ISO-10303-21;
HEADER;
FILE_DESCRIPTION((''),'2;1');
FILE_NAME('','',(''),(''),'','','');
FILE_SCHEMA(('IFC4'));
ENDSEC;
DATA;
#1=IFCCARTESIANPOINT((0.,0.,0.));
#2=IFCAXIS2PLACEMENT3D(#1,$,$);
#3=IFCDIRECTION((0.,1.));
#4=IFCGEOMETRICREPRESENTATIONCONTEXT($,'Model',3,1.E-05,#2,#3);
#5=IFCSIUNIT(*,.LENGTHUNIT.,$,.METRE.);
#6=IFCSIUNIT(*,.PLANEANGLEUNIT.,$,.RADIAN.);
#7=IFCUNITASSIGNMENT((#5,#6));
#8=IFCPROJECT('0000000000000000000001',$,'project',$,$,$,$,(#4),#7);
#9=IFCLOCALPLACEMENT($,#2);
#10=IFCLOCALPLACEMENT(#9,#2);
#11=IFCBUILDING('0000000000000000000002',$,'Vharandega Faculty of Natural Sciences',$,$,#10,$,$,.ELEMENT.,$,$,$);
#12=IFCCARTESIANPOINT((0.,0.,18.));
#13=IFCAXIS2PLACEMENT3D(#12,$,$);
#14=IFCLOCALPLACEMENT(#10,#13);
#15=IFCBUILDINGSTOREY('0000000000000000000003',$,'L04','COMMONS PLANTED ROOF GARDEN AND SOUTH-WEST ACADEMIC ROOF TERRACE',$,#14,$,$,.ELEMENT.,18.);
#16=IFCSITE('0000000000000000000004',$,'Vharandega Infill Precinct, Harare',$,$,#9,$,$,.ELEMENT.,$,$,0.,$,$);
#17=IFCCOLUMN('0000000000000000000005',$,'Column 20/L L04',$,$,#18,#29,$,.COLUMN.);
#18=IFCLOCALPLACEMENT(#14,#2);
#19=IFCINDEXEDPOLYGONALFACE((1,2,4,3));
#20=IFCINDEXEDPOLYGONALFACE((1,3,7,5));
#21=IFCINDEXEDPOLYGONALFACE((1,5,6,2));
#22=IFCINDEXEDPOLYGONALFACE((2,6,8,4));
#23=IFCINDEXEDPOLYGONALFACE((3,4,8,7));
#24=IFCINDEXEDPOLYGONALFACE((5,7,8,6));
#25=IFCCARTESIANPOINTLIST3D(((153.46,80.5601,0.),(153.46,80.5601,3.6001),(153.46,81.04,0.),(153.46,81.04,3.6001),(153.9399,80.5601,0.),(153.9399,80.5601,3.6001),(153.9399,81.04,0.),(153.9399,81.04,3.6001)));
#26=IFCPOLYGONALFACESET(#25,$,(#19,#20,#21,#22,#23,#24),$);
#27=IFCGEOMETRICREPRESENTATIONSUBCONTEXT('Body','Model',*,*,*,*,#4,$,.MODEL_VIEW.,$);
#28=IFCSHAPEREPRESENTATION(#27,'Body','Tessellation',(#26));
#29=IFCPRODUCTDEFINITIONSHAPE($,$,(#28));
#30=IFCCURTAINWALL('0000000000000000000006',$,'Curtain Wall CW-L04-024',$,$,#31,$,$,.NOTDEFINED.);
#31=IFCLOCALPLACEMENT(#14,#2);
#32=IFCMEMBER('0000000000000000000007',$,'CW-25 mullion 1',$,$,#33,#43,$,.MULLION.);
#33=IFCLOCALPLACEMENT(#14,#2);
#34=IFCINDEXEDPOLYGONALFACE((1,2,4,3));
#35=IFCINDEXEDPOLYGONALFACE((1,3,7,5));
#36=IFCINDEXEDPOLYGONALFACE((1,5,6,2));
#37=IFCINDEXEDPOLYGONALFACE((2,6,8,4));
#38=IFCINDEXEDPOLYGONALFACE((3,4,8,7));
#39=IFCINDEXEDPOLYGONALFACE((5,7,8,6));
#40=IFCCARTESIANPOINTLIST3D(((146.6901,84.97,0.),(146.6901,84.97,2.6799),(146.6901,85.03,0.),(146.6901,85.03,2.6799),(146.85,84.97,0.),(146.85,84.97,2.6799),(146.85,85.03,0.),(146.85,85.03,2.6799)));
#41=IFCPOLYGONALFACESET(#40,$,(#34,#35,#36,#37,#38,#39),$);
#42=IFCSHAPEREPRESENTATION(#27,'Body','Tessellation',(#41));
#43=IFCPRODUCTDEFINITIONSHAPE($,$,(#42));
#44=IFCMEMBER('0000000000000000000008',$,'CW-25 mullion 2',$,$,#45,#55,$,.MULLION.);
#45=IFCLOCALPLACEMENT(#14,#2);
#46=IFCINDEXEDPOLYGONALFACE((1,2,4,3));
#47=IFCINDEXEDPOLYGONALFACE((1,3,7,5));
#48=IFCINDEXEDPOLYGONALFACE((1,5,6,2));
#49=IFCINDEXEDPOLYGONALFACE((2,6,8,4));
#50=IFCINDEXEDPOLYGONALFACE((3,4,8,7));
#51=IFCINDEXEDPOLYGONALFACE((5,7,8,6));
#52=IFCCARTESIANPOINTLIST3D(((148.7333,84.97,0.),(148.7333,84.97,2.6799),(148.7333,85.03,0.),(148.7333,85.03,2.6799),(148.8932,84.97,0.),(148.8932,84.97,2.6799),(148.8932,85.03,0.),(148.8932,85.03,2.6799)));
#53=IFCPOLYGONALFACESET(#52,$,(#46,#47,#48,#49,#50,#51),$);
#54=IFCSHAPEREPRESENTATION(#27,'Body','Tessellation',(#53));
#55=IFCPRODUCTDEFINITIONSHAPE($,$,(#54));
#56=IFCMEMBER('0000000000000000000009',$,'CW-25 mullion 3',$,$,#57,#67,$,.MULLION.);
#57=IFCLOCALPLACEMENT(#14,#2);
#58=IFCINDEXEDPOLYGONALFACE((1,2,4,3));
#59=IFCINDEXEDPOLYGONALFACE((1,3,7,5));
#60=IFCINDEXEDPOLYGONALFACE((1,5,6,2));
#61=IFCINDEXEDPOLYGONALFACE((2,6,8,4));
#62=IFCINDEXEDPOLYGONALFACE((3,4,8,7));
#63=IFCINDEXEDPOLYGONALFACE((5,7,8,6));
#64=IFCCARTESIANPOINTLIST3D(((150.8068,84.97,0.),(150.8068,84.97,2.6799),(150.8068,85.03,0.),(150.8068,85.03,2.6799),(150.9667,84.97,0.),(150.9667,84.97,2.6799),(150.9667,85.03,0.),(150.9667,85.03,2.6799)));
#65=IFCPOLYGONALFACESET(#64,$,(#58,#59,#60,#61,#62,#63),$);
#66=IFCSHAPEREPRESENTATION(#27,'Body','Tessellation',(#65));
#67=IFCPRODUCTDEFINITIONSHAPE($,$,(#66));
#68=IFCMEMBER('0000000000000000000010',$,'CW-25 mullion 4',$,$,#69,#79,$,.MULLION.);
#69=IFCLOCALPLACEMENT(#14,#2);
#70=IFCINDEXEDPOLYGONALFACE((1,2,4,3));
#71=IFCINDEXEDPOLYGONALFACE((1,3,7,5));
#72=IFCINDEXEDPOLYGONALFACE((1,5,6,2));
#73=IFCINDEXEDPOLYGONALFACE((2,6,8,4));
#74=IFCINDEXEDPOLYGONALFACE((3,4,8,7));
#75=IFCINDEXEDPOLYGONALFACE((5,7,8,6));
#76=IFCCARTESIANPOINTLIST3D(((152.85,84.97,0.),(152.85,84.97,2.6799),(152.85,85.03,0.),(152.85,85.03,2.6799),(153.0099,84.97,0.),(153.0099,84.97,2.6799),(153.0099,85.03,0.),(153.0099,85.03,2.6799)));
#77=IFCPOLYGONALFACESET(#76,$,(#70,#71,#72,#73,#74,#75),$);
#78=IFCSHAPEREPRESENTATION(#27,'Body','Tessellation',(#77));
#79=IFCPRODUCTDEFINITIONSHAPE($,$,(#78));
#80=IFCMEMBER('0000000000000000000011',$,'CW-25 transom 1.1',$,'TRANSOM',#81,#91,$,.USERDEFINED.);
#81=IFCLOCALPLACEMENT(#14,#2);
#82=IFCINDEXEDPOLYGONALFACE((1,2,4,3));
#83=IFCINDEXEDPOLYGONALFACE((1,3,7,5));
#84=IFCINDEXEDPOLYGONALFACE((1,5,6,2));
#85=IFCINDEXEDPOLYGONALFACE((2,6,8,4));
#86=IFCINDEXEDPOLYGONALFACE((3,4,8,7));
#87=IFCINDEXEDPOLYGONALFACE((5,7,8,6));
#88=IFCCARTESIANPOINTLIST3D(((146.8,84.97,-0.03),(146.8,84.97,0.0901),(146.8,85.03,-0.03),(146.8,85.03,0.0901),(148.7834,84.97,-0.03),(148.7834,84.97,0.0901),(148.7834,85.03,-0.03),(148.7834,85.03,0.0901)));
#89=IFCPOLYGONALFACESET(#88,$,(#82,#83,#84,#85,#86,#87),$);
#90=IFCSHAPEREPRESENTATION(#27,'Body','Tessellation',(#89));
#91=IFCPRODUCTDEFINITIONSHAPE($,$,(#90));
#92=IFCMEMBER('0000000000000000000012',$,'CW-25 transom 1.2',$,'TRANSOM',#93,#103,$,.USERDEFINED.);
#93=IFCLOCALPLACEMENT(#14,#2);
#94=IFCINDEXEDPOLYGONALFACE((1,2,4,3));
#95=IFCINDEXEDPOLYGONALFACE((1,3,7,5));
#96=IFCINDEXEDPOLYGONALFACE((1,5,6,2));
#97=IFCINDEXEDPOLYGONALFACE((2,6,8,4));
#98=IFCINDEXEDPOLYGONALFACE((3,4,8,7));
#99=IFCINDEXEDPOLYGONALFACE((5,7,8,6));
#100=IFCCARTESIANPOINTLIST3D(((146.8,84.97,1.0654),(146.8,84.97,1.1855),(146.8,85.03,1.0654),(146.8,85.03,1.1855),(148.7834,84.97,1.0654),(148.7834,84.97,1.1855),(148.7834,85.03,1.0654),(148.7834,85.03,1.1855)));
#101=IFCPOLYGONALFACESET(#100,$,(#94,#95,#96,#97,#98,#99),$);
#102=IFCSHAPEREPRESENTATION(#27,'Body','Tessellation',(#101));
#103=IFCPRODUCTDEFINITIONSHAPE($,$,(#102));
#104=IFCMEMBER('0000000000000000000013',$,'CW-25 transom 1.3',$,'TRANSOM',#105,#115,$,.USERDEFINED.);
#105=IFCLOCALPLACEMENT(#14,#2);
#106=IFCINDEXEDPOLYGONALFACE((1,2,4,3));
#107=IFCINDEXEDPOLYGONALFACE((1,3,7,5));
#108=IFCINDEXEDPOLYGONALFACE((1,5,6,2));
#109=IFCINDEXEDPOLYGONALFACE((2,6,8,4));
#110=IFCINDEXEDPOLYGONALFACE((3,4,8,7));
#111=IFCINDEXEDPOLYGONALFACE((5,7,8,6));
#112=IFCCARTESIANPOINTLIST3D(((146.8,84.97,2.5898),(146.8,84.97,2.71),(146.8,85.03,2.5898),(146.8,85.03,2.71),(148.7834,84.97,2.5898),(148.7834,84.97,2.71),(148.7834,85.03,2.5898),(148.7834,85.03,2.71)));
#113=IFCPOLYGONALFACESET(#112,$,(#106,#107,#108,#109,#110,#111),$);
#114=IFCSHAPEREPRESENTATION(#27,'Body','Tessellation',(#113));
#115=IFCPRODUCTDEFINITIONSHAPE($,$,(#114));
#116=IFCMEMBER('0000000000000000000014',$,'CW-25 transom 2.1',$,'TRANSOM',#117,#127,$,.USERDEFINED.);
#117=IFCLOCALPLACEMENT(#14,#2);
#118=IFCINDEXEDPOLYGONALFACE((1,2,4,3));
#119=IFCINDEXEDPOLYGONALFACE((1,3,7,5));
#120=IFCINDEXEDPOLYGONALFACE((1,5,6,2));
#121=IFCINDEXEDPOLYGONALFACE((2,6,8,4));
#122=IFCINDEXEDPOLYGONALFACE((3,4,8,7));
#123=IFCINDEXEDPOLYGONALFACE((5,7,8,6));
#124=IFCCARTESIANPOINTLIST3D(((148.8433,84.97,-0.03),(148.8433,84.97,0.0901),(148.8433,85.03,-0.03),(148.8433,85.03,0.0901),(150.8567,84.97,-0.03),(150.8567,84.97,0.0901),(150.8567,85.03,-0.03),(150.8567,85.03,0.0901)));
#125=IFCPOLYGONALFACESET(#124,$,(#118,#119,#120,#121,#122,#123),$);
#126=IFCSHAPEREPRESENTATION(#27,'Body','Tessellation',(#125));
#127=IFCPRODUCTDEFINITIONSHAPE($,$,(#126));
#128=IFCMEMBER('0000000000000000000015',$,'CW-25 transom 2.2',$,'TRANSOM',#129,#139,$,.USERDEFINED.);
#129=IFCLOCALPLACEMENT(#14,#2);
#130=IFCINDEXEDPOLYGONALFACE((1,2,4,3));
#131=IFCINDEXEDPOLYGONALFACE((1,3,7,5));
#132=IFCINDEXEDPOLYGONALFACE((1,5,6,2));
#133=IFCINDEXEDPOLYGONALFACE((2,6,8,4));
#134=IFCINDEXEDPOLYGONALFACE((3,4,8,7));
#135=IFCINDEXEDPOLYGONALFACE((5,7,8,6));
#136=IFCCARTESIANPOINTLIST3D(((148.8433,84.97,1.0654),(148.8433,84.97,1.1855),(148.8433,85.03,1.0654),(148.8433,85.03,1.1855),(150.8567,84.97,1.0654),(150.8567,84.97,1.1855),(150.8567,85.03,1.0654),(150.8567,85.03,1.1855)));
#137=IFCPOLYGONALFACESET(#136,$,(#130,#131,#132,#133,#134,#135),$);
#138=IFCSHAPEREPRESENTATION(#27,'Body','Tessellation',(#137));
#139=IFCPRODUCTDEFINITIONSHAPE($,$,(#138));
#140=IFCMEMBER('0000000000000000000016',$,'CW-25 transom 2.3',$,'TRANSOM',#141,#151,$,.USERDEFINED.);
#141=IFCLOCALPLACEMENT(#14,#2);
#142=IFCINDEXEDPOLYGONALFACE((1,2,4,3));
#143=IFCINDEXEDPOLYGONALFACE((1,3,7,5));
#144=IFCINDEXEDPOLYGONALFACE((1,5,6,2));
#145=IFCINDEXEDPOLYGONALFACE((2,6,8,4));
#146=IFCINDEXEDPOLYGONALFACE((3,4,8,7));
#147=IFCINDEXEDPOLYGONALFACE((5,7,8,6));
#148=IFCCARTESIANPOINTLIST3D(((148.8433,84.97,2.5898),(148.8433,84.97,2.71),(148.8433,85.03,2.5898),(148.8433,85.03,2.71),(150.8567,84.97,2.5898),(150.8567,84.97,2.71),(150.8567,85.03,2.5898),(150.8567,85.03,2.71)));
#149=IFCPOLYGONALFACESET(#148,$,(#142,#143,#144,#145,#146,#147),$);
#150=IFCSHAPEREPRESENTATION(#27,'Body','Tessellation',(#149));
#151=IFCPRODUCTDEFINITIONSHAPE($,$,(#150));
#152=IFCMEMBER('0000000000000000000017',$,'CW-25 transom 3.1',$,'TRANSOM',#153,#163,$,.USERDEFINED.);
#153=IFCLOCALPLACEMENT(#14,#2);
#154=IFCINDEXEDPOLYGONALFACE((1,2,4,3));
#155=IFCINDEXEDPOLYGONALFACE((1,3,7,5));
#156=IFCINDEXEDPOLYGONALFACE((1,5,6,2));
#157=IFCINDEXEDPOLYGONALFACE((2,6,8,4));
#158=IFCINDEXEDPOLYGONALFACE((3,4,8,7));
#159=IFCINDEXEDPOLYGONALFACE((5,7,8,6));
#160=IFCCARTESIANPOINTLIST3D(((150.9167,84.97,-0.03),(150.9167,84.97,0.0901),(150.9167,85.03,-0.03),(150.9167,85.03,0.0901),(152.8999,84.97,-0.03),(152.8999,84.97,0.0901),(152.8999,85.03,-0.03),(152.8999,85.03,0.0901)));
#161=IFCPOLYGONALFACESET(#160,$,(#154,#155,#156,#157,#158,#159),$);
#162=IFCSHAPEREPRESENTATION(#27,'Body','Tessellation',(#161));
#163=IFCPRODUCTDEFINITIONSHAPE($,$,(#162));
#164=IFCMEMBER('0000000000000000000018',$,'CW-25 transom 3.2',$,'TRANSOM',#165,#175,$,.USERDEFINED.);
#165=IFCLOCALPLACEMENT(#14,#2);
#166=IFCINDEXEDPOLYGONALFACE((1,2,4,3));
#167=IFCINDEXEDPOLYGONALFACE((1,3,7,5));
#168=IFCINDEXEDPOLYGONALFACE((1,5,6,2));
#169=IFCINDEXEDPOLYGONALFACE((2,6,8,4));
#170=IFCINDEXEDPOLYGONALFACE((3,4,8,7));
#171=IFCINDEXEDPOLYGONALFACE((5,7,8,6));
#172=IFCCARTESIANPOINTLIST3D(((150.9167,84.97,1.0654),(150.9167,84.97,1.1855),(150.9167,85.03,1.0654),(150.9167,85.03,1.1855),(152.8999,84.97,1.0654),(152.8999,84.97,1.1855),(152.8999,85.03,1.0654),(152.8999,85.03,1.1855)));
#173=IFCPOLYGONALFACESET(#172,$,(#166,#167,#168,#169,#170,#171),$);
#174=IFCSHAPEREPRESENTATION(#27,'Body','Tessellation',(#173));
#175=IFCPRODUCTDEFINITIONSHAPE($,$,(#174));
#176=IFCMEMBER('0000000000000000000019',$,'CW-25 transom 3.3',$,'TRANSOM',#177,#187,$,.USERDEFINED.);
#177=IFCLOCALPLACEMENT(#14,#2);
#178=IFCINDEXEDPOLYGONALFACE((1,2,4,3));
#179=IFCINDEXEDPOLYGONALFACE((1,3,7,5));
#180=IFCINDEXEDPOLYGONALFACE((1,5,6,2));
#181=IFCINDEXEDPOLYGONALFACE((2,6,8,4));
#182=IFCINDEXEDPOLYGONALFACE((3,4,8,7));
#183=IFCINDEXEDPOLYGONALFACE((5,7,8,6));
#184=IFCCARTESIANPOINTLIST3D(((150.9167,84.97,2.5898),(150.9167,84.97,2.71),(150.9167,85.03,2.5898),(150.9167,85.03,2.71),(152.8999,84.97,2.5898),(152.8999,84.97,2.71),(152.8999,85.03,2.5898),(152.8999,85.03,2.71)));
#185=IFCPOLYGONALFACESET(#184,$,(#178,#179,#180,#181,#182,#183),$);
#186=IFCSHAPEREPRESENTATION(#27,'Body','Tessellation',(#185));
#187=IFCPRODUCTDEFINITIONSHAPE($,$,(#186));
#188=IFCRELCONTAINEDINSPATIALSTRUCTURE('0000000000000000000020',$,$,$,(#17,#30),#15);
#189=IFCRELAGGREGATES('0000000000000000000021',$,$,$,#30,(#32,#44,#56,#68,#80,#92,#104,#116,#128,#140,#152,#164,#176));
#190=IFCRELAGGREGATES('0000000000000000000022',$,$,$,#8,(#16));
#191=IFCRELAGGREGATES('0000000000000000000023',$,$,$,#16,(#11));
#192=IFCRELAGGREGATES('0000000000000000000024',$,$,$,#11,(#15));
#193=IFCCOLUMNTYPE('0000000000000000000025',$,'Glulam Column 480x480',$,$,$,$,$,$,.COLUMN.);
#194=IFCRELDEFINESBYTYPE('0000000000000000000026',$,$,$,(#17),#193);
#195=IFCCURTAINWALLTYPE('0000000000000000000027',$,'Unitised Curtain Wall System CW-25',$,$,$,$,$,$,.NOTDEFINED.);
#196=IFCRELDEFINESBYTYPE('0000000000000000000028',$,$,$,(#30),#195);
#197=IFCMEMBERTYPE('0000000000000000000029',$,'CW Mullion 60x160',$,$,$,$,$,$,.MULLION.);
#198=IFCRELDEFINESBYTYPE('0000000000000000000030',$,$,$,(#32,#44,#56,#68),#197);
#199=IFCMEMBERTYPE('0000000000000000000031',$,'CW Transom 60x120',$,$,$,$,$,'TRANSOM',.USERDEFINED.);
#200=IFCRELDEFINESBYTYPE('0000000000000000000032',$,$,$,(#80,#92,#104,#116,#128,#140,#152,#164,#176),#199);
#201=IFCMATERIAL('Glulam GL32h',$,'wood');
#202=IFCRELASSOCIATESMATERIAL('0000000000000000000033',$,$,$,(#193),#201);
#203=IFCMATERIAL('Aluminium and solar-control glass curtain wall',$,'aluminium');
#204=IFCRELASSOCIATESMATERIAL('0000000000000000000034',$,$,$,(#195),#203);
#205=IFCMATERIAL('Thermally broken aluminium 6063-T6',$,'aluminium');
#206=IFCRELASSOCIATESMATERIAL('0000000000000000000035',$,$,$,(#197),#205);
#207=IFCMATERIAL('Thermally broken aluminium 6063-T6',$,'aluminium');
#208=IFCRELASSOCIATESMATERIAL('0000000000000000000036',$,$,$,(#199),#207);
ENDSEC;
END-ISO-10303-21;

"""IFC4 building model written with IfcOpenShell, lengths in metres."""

from ifc_helpers import new_model, si_unit, direction, frame, origin, origin_2d, place, context, subcontext, project, spatial, rectangle, extrude, material, material_profile, profile_set, type_object, element, aggregate, save


model = new_model("IFC4")

# Units and contexts
model_context = context("Model", 3, precision=1e-05, world=origin(), true_north=direction((0.0, 1.0)))
body_context = subcontext(model_context, "Body", "Model", "MODEL_VIEW")
ifc_project = project(units=[si_unit("LENGTHUNIT", "METRE"), si_unit("PLANEANGLEUNIT", "RADIAN")], contexts=[model_context])

# Site, building, storey
site_placement = place(None, origin())
site = spatial("IfcSite", under=ifc_project, at=site_placement, Name="Vharandega Infill Precinct, Harare", CompositionType="ELEMENT", RefElevation=0.0)
building_placement = place(site_placement, origin())
building = spatial("IfcBuilding", under=site, at=building_placement, Name="Vharandega Faculty of Natural Sciences", CompositionType="ELEMENT")
storey_placement = place(building_placement, frame((0.0, 0.0, 18.0)))
storey = spatial("IfcBuildingStorey", under=building, at=storey_placement, Name="L04", Description="COMMONS PLANTED ROOF GARDEN AND SOUTH-WEST ACADEMIC ROOF TERRACE", CompositionType="ELEMENT", Elevation=18.0)

# Column
ifc_material_1 = material(Name="Glulam GL32h", Category="wood")
ifc_material_profile_1 = material_profile(ifc_material_1, rectangle(XDim=0.48, YDim=0.48, at=origin_2d()), Name="GL32h 480x480")
ifc_profile_set_1 = profile_set([ifc_material_profile_1], Name="Glulam GL32h")
column_type = type_object("IfcColumnType", Name="Glulam Column 480x480", PredefinedType="COLUMN", material=ifc_profile_set_1)
column_placement = place(storey_placement, frame((153.7, 80.8, 0.0), z_axis=(0.0, 0.0, 1.0), x_axis=(1.0, 0.0, 0.0)))
element("IfcColumn", 1, at=column_placement, inside=storey, type_object=column_type, Name="Column 20/L L04", PredefinedType="COLUMN", context=body_context, shape_type="SweptSolid", body=[
    extrude(rectangle(XDim=0.48, YDim=0.48, at=origin_2d()), origin(), (0.0, 0.0, 1.0), 3.6001),
])

# Curtain wall, members
ifc_material_2 = material(Name="Aluminium and solar-control glass curtain wall", Category="aluminium")
curtain_wall_type = type_object("IfcCurtainWallType", Name="Unitised Curtain Wall System CW-25", PredefinedType="NOTDEFINED", material=ifc_material_2)
curtain_wall_placement = place(storey_placement, origin())
curtain_wall = element("IfcCurtainWall", 2, at=curtain_wall_placement, inside=storey, type_object=curtain_wall_type, Name="Curtain Wall CW-L04-024", PredefinedType="NOTDEFINED")
ifc_material_3 = material(Name="Thermally broken aluminium 6063-T6", Category="aluminium")
ifc_material_profile_2 = material_profile(ifc_material_3, rectangle(XDim=0.0601, YDim=0.1599, at=origin_2d()), Name="ALU 60x160")
ifc_profile_set_2 = profile_set([ifc_material_profile_2], Name="Thermally broken aluminium 6063-T6")
member_type_1 = type_object("IfcMemberType", Name="CW Mullion 60x160", PredefinedType="MULLION", material=ifc_profile_set_2)
member_1_placement = place(storey_placement, frame((146.77, 85.0, 0.0), z_axis=(0.0, 0.0, 1.0), x_axis=(0.0, 1.0, 0.0)))
member_1 = element("IfcMember", 3, at=member_1_placement, type_object=member_type_1, Name="CW-25 mullion 1", PredefinedType="MULLION", context=body_context, shape_type="SweptSolid", body=[
    extrude(rectangle(XDim=0.0601, YDim=0.1599, at=origin_2d()), origin(), (0.0, 0.0, 1.0), 2.6799),
])
member_2_placement = place(storey_placement, frame((148.8132, 85.0, 0.0), z_axis=(0.0, 0.0, 1.0), x_axis=(0.0, 1.0, 0.0)))
member_2 = element("IfcMember", 4, at=member_2_placement, type_object=member_type_1, Name="CW-25 mullion 2", PredefinedType="MULLION", context=body_context, shape_type="SweptSolid", body=[
    extrude(rectangle(XDim=0.0601, YDim=0.1599, at=origin_2d()), origin(), (0.0, 0.0, 1.0), 2.6799),
])
member_3_placement = place(storey_placement, frame((150.8867, 85.0, 0.0), z_axis=(0.0, 0.0, 1.0), x_axis=(0.0, 1.0, 0.0)))
member_3 = element("IfcMember", 5, at=member_3_placement, type_object=member_type_1, Name="CW-25 mullion 3", PredefinedType="MULLION", context=body_context, shape_type="SweptSolid", body=[
    extrude(rectangle(XDim=0.0601, YDim=0.1599, at=origin_2d()), origin(), (0.0, 0.0, 1.0), 2.6799),
])
member_4_placement = place(storey_placement, frame((152.9299, 85.0, 0.0), z_axis=(0.0, 0.0, 1.0), x_axis=(0.0, 1.0, 0.0)))
member_4 = element("IfcMember", 6, at=member_4_placement, type_object=member_type_1, Name="CW-25 mullion 4", PredefinedType="MULLION", context=body_context, shape_type="SweptSolid", body=[
    extrude(rectangle(XDim=0.0601, YDim=0.1599, at=origin_2d()), origin(), (0.0, 0.0, 1.0), 2.6799),
])
ifc_material_4 = material(Name="Thermally broken aluminium 6063-T6", Category="aluminium")
ifc_material_profile_3 = material_profile(ifc_material_4, rectangle(XDim=0.0601, YDim=0.1201, at=origin_2d()), Name="ALU 60x120")
ifc_profile_set_3 = profile_set([ifc_material_profile_3], Name="Thermally broken aluminium 6063-T6")
member_type_2 = type_object("IfcMemberType", Name="CW Transom 60x120", ElementType="TRANSOM", PredefinedType="USERDEFINED", material=ifc_profile_set_3)
member_5_placement = place(storey_placement, frame((146.8, 85.0, 0.03), z_axis=(1.0, 0.0, 0.0), x_axis=(0.0, 1.0, 0.0)))
member_5 = element("IfcMember", 7, at=member_5_placement, type_object=member_type_2, Name="CW-25 transom 1.1", ObjectType="TRANSOM", PredefinedType="USERDEFINED", context=body_context, shape_type="SweptSolid", body=[
    extrude(rectangle(XDim=0.0601, YDim=0.1201, at=origin_2d()), origin(), (0.0, 0.0, 1.0), 1.9834),
])
member_6_placement = place(storey_placement, frame((146.8, 85.0, 1.1255), z_axis=(1.0, 0.0, 0.0), x_axis=(0.0, 1.0, 0.0)))
member_6 = element("IfcMember", 8, at=member_6_placement, type_object=member_type_2, Name="CW-25 transom 1.2", ObjectType="TRANSOM", PredefinedType="USERDEFINED", context=body_context, shape_type="SweptSolid", body=[
    extrude(rectangle(XDim=0.0601, YDim=0.1201, at=origin_2d()), origin(), (0.0, 0.0, 1.0), 1.9834),
])
member_7_placement = place(storey_placement, frame((146.8, 85.0, 2.6499), z_axis=(1.0, 0.0, 0.0), x_axis=(0.0, 1.0, 0.0)))
member_7 = element("IfcMember", 9, at=member_7_placement, type_object=member_type_2, Name="CW-25 transom 1.3", ObjectType="TRANSOM", PredefinedType="USERDEFINED", context=body_context, shape_type="SweptSolid", body=[
    extrude(rectangle(XDim=0.0601, YDim=0.1201, at=origin_2d()), origin(), (0.0, 0.0, 1.0), 1.9834),
])
member_8_placement = place(storey_placement, frame((148.8433, 85.0, 0.03), z_axis=(1.0, 0.0, 0.0), x_axis=(0.0, 1.0, 0.0)))
member_8 = element("IfcMember", 10, at=member_8_placement, type_object=member_type_2, Name="CW-25 transom 2.1", ObjectType="TRANSOM", PredefinedType="USERDEFINED", context=body_context, shape_type="SweptSolid", body=[
    extrude(rectangle(XDim=0.0601, YDim=0.1201, at=origin_2d()), origin(), (0.0, 0.0, 1.0), 2.0134),
])
member_9_placement = place(storey_placement, frame((148.8433, 85.0, 1.1255), z_axis=(1.0, 0.0, 0.0), x_axis=(0.0, 1.0, 0.0)))
member_9 = element("IfcMember", 11, at=member_9_placement, type_object=member_type_2, Name="CW-25 transom 2.2", ObjectType="TRANSOM", PredefinedType="USERDEFINED", context=body_context, shape_type="SweptSolid", body=[
    extrude(rectangle(XDim=0.0601, YDim=0.1201, at=origin_2d()), origin(), (0.0, 0.0, 1.0), 2.0134),
])
member_10_placement = place(storey_placement, frame((148.8433, 85.0, 2.6499), z_axis=(1.0, 0.0, 0.0), x_axis=(0.0, 1.0, 0.0)))
member_10 = element("IfcMember", 12, at=member_10_placement, type_object=member_type_2, Name="CW-25 transom 2.3", ObjectType="TRANSOM", PredefinedType="USERDEFINED", context=body_context, shape_type="SweptSolid", body=[
    extrude(rectangle(XDim=0.0601, YDim=0.1201, at=origin_2d()), origin(), (0.0, 0.0, 1.0), 2.0134),
])
member_11_placement = place(storey_placement, frame((150.9167, 85.0, 0.03), z_axis=(1.0, 0.0, 0.0), x_axis=(0.0, 1.0, 0.0)))
member_11 = element("IfcMember", 13, at=member_11_placement, type_object=member_type_2, Name="CW-25 transom 3.1", ObjectType="TRANSOM", PredefinedType="USERDEFINED", context=body_context, shape_type="SweptSolid", body=[
    extrude(rectangle(XDim=0.0601, YDim=0.1201, at=origin_2d()), origin(), (0.0, 0.0, 1.0), 1.9832),
])
member_12_placement = place(storey_placement, frame((150.9167, 85.0, 1.1255), z_axis=(1.0, 0.0, 0.0), x_axis=(0.0, 1.0, 0.0)))
member_12 = element("IfcMember", 14, at=member_12_placement, type_object=member_type_2, Name="CW-25 transom 3.2", ObjectType="TRANSOM", PredefinedType="USERDEFINED", context=body_context, shape_type="SweptSolid", body=[
    extrude(rectangle(XDim=0.0601, YDim=0.1201, at=origin_2d()), origin(), (0.0, 0.0, 1.0), 1.9832),
])
member_13_placement = place(storey_placement, frame((150.9167, 85.0, 2.6499), z_axis=(1.0, 0.0, 0.0), x_axis=(0.0, 1.0, 0.0)))
member_13 = element("IfcMember", 15, at=member_13_placement, type_object=member_type_2, Name="CW-25 transom 3.3", ObjectType="TRANSOM", PredefinedType="USERDEFINED", context=body_context, shape_type="SweptSolid", body=[
    extrude(rectangle(XDim=0.0601, YDim=0.1201, at=origin_2d()), origin(), (0.0, 0.0, 1.0), 1.9832),
])

aggregate(curtain_wall, [member_1, member_2, member_3, member_4, member_5, member_6, member_7, member_8, member_9, member_10, member_11, member_12, member_13])

save(model, "model.ifc")
